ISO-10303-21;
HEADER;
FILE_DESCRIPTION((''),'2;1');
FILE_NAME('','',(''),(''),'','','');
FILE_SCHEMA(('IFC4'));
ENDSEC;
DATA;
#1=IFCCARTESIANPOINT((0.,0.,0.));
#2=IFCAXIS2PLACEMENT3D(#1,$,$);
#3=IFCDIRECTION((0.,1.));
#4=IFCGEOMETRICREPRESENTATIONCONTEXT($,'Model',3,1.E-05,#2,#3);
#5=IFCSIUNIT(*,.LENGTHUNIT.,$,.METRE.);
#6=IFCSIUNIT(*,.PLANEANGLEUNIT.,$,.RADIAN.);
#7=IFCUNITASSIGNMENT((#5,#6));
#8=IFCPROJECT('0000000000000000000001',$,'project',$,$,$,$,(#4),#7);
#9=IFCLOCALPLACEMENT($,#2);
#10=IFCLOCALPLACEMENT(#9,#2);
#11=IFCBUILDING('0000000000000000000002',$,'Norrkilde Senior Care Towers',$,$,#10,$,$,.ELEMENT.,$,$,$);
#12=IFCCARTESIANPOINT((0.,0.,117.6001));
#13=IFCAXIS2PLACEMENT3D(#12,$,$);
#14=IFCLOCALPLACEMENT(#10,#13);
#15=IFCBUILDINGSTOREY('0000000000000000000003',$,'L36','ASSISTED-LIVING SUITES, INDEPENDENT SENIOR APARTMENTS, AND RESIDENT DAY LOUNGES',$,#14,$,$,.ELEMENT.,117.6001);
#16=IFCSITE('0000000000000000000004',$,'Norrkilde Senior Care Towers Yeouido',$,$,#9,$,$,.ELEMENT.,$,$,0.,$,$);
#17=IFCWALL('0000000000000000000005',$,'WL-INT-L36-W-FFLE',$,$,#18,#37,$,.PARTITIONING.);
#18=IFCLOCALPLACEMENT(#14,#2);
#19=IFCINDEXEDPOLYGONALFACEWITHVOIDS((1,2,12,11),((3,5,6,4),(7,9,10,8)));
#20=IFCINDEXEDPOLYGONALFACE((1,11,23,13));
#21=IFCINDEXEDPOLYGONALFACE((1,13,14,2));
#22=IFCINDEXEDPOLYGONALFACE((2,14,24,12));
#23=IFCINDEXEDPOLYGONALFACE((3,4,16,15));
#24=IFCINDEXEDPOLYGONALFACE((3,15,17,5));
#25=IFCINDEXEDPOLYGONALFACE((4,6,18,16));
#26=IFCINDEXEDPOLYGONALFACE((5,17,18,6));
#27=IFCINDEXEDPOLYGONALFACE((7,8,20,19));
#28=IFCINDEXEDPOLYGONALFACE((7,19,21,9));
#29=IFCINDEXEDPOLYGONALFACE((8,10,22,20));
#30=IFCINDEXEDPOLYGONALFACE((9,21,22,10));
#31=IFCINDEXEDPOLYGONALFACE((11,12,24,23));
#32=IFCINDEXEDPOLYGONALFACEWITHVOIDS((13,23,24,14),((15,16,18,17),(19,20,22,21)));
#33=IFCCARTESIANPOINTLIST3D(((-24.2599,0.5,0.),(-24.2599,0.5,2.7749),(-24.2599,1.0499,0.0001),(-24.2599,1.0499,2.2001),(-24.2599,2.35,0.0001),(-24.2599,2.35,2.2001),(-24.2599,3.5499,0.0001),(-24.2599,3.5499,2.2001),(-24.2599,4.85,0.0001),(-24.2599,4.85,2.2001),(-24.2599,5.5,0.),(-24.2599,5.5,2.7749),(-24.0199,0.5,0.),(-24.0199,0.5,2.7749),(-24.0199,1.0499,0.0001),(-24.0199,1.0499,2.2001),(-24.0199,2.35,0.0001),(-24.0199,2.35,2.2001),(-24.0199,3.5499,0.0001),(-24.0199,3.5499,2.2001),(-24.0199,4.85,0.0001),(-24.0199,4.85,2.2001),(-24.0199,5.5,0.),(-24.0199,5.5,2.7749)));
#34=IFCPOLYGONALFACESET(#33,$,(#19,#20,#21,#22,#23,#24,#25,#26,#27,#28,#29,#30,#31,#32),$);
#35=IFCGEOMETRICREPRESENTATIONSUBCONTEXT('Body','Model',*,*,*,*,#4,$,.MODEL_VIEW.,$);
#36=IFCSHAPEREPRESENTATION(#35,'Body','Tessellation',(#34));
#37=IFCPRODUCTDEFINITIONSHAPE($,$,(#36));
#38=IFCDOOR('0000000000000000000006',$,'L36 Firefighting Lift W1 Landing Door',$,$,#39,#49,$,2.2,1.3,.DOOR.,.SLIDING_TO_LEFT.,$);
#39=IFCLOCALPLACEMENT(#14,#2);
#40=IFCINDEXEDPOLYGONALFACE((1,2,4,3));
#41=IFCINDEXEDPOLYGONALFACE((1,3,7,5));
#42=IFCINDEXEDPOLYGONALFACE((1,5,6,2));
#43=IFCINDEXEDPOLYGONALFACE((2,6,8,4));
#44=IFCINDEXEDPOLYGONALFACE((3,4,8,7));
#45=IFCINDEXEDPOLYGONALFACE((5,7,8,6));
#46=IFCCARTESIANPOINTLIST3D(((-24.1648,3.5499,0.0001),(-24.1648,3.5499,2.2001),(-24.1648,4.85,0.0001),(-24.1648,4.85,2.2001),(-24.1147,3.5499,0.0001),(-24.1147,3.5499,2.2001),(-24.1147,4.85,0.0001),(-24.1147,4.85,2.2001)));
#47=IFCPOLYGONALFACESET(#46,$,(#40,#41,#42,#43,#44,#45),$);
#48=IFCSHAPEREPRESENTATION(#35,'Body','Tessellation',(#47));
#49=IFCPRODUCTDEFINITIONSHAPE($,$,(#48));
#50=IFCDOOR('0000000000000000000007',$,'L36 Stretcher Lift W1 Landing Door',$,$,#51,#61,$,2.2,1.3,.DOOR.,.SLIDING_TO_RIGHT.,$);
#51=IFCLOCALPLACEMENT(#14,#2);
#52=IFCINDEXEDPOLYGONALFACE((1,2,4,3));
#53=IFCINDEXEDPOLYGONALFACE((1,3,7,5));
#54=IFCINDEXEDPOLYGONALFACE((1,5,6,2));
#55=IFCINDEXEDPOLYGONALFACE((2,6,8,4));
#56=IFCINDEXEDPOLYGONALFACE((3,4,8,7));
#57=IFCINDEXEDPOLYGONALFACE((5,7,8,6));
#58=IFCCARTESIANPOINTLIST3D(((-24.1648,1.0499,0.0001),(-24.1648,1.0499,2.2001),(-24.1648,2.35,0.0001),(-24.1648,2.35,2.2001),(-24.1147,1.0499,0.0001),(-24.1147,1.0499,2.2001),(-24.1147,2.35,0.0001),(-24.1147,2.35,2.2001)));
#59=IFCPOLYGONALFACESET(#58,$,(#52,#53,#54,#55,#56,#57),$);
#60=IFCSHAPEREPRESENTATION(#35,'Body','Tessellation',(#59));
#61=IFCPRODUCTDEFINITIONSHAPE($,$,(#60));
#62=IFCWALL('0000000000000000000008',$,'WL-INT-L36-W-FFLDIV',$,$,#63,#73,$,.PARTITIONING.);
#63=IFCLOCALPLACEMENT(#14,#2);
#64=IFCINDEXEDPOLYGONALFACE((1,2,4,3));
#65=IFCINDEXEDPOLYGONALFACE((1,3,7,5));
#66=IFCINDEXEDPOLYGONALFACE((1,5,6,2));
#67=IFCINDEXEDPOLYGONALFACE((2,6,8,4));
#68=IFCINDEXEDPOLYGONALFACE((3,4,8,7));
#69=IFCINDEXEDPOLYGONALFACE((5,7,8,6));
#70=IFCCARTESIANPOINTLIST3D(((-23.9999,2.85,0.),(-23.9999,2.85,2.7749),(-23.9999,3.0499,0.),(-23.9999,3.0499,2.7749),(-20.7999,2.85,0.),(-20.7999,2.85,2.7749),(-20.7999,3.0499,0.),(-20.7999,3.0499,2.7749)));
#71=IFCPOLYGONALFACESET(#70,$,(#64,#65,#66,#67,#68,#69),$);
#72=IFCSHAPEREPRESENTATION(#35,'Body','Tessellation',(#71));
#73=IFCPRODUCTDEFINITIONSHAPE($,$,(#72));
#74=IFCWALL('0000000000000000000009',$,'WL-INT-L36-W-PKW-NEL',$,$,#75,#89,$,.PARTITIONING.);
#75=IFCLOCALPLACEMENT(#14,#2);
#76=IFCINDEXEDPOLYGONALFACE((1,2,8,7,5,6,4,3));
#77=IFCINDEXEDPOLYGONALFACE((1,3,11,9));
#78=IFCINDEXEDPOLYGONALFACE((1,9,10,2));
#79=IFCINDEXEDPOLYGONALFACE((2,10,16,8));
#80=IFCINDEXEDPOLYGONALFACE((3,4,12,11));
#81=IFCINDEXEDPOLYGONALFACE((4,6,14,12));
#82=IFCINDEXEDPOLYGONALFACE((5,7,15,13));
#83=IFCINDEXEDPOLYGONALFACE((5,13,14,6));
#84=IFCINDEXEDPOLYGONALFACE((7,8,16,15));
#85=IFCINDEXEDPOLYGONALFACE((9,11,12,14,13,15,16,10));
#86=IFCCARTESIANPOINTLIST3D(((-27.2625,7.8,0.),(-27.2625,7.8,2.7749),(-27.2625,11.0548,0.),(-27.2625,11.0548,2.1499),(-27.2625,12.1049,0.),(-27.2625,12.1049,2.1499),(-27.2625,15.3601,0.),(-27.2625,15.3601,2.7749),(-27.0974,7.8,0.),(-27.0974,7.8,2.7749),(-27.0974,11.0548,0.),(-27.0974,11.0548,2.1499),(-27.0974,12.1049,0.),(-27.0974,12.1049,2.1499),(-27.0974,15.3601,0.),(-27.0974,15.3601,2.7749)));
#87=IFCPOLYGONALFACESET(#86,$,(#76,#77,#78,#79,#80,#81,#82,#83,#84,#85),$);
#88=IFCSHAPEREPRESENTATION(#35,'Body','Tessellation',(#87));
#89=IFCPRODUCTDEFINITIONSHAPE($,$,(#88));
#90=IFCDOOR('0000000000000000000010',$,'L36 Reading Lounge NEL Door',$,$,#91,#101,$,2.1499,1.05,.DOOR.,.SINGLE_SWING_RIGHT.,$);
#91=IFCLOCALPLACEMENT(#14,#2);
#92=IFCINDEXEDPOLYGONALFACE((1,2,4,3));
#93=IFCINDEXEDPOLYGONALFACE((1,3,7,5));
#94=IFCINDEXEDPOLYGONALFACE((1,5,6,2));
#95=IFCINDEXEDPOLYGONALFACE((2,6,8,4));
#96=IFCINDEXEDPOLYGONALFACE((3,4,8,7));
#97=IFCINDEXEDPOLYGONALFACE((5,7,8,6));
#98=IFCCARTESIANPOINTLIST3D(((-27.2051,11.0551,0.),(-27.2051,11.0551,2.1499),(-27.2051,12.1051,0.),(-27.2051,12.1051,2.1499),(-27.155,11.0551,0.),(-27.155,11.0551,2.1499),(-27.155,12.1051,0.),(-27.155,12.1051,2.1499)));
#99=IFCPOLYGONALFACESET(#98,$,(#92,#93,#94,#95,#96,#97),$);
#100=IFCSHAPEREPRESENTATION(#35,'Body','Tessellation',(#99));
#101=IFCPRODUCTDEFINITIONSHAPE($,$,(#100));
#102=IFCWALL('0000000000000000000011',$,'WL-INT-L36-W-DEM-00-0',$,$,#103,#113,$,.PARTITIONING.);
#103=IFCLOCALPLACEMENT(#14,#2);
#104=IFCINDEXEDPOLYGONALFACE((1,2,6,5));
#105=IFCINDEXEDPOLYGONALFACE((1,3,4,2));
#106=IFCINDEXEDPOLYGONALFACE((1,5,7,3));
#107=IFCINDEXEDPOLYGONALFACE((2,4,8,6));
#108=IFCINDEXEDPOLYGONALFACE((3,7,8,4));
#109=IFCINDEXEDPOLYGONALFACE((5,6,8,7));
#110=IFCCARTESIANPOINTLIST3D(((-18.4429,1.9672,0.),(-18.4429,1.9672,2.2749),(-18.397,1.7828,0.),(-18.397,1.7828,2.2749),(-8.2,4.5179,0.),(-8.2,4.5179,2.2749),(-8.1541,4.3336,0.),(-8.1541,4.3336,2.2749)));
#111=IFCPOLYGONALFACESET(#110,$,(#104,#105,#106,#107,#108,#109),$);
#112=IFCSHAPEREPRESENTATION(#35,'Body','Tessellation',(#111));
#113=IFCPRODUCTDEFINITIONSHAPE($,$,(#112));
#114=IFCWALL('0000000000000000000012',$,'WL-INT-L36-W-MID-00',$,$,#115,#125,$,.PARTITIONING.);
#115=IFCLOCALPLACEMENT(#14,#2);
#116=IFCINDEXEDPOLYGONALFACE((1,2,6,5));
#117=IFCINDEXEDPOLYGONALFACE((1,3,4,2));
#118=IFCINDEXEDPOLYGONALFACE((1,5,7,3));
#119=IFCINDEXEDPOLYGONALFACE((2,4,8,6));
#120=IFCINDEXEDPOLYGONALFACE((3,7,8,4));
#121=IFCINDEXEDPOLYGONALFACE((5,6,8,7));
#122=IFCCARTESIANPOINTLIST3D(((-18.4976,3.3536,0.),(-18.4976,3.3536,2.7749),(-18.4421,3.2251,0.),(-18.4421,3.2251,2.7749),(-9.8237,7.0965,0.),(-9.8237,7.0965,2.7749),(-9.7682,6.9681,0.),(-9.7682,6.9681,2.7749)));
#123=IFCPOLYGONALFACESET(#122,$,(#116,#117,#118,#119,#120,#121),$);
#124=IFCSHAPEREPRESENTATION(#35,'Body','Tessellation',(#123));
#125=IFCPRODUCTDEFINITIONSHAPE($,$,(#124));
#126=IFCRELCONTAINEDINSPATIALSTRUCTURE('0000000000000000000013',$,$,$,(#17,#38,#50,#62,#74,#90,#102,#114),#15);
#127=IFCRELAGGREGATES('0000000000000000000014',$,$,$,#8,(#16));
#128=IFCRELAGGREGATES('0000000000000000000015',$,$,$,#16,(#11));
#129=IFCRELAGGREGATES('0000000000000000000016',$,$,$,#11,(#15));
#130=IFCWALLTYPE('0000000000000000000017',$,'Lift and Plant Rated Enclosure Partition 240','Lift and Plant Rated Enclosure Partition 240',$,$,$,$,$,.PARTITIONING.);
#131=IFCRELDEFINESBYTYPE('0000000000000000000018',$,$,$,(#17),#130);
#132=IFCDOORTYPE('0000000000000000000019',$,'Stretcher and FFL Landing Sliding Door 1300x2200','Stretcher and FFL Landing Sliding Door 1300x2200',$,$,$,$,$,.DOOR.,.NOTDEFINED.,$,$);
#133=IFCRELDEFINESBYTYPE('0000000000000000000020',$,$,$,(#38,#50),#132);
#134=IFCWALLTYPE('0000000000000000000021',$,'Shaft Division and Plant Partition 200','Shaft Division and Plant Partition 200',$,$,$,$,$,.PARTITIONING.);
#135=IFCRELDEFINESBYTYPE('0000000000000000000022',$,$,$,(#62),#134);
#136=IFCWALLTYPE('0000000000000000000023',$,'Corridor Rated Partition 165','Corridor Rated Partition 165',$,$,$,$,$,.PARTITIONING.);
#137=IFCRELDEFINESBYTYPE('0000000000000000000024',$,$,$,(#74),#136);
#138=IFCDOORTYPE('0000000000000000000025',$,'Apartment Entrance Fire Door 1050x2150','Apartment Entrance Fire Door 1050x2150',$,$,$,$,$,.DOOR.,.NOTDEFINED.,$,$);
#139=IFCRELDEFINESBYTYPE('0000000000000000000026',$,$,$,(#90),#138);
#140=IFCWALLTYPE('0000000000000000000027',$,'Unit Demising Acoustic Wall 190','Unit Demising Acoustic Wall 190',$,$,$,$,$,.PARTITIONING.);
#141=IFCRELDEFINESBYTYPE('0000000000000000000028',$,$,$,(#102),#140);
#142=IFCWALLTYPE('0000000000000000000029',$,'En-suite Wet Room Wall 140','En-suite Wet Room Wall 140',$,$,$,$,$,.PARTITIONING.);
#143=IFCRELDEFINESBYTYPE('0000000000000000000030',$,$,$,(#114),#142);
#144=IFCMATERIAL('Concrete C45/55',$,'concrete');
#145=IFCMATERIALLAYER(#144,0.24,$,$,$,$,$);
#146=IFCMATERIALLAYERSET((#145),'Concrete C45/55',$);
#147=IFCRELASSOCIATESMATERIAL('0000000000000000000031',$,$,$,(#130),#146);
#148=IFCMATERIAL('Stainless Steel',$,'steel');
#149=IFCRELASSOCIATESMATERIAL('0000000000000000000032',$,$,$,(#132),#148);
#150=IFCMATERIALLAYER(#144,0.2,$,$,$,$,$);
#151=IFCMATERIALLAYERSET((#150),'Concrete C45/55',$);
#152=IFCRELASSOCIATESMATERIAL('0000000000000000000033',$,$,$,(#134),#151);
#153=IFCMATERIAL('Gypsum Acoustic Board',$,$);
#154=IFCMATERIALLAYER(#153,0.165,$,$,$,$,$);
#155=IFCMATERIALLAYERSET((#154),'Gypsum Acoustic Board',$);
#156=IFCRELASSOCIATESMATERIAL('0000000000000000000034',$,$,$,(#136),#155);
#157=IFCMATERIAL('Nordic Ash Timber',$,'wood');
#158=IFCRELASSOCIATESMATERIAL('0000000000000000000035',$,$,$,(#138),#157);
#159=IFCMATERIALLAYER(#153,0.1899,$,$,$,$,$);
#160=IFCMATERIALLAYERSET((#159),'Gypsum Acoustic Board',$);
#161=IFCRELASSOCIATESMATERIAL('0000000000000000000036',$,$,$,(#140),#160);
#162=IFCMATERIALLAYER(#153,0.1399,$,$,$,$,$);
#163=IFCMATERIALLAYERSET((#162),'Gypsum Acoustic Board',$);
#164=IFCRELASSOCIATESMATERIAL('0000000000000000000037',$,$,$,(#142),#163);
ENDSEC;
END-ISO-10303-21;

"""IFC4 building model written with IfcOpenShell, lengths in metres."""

from ifc_helpers import new_model, si_unit, direction, frame, frame_2d, origin, place, context, subcontext, project, spatial, rectangle, extrude, source, transform, mapped, material, layer, layer_set, type_object, type_shapes, element, fill, save


model = new_model("IFC4")

# Units and contexts
model_context = context("Model", 3, precision=1e-05, world=origin(), true_north=direction((0.0, 1.0)))
body_context = subcontext(model_context, "Body", "Model", "MODEL_VIEW")
ifc_project = project(units=[si_unit("LENGTHUNIT", "METRE"), si_unit("PLANEANGLEUNIT", "RADIAN")], contexts=[model_context])

# Site, building, storey
site_placement = place(None, origin())
site = spatial("IfcSite", under=ifc_project, at=site_placement, Name="Norrkilde Senior Care Towers Yeouido", CompositionType="ELEMENT", RefElevation=0.0)
building_placement = place(site_placement, origin())
building = spatial("IfcBuilding", under=site, at=building_placement, Name="Norrkilde Senior Care Towers", CompositionType="ELEMENT")
storey_placement = place(building_placement, frame((0.0, 0.0, 117.6001)))
storey = spatial("IfcBuildingStorey", under=building, at=storey_placement, Name="L36", Description="ASSISTED-LIVING SUITES, INDEPENDENT SENIOR APARTMENTS, AND RESIDENT DAY LOUNGES", CompositionType="ELEMENT", Elevation=117.6001)

# Wall, openings, doors
ifc_material_1 = material(Name="Concrete C45/55", Category="concrete")
ifc_layer_1 = layer(ifc_material_1, 0.24)
ifc_layer_set_1 = layer_set([ifc_layer_1], Name="Concrete C45/55")
wall_type_1 = type_object("IfcWallType", Name="Lift and Plant Rated Enclosure Partition 240", Description="Lift and Plant Rated Enclosure Partition 240", PredefinedType="PARTITIONING", material=ifc_layer_set_1)
shared_shape_1 = source(origin(), body_context, "Body", "SweptSolid", [
    extrude(rectangle(XDim=5.0, YDim=0.24, at=frame_2d((2.5, 0.0))), origin(), (0.0, 0.0, 1.0), 2.7749),
])
type_shapes(wall_type_1, [shared_shape_1])
wall_1_placement = place(storey_placement, frame((-24.1399, 0.5, 0.0), z_axis=(0.0, 0.0, 1.0), x_axis=(0.0, 1.0, 0.0)))
wall_1 = element("IfcWall", 1, at=wall_1_placement, inside=storey, type_object=wall_type_1, Name="WL-INT-L36-W-FFLE", PredefinedType="PARTITIONING", context=body_context, shape_type="MappedRepresentation", body=[
    mapped(shared_shape_1, transform((0.0, 0.0, 0.0), x_axis=(1.0, 0.0, 0.0), y_axis=(0.0, 1.0, 0.0), z_axis=(0.0, 0.0, 1.0), scale=1.0)),
])
opening_1_placement = place(wall_1_placement, frame((3.05, 0.0, 0.0)))
opening_1 = element("IfcOpeningElement", 2, at=opening_1_placement, cuts=wall_1, PredefinedType="OPENING", context=body_context, shape_type="SweptSolid", body=[
    extrude(rectangle(XDim=1.3, YDim=2.2, at=frame_2d((0.6499, 1.1001))), frame((0.0, 0.1299, 0.0), z_axis=(0.0, -1.0, 0.0), x_axis=(1.0, 0.0, 0.0)), (0.0, 0.0, 1.0), 0.26),
])
opening_2_placement = place(wall_1_placement, frame((0.55, 0.0, 0.0)))
opening_2 = element("IfcOpeningElement", 3, at=opening_2_placement, cuts=wall_1, PredefinedType="OPENING", context=body_context, shape_type="SweptSolid", body=[
    extrude(rectangle(XDim=1.3, YDim=2.2, at=frame_2d((0.6499, 1.1001))), frame((0.0, 0.1299, 0.0), z_axis=(0.0, -1.0, 0.0), x_axis=(1.0, 0.0, 0.0)), (0.0, 0.0, 1.0), 0.26),
])
ifc_material_2 = material(Name="Stainless Steel", Category="steel")
door_type_1 = type_object("IfcDoorType", Name="Stretcher and FFL Landing Sliding Door 1300x2200", Description="Stretcher and FFL Landing Sliding Door 1300x2200", OperationType="NOTDEFINED", PredefinedType="DOOR", material=ifc_material_2)
shared_shape_2 = source(origin(), body_context, "Body", "SweptSolid", [
    extrude(rectangle(XDim=1.3, YDim=2.2, at=frame_2d((0.6499, 1.1001))), frame((0.0, 0.0249, 0.0), z_axis=(0.0, -1.0, 0.0), x_axis=(1.0, 0.0, 0.0)), (0.0, 0.0, 1.0), 0.05),
])
type_shapes(door_type_1, [shared_shape_2])
door_1_placement = place(opening_1_placement, origin())
door_1 = element("IfcDoor", 4, at=door_1_placement, inside=storey, type_object=door_type_1, Name="L36 Firefighting Lift W1 Landing Door", OperationType="SLIDING_TO_LEFT", OverallHeight=2.2, OverallWidth=1.3, PredefinedType="DOOR", context=body_context, shape_type="MappedRepresentation", body=[
    mapped(shared_shape_2, transform((0.0, 0.0, 0.0), x_axis=(1.0, 0.0, 0.0), y_axis=(0.0, 1.0, 0.0), z_axis=(0.0, 0.0, 1.0), scale=1.0)),
])
fill(opening_1, door_1)
door_2_placement = place(opening_2_placement, origin())
door_2 = element("IfcDoor", 5, at=door_2_placement, inside=storey, type_object=door_type_1, Name="L36 Stretcher Lift W1 Landing Door", OperationType="SLIDING_TO_RIGHT", OverallHeight=2.2, OverallWidth=1.3, PredefinedType="DOOR", context=body_context, shape_type="MappedRepresentation", body=[
    mapped(shared_shape_2, transform((0.0, 0.0, 0.0), x_axis=(1.0, 0.0, 0.0), y_axis=(0.0, 1.0, 0.0), z_axis=(0.0, 0.0, 1.0), scale=1.0)),
])
fill(opening_2, door_2)

# Wall
ifc_layer_2 = layer(ifc_material_1, 0.2)
ifc_layer_set_2 = layer_set([ifc_layer_2], Name="Concrete C45/55")
wall_type_2 = type_object("IfcWallType", Name="Shaft Division and Plant Partition 200", Description="Shaft Division and Plant Partition 200", PredefinedType="PARTITIONING", material=ifc_layer_set_2)
shared_shape_3 = source(origin(), body_context, "Body", "SweptSolid", [
    extrude(rectangle(XDim=3.2, YDim=0.2, at=frame_2d((1.6001, 0.0))), origin(), (0.0, 0.0, 1.0), 2.7749),
])
type_shapes(wall_type_2, [shared_shape_3])
wall_2_placement = place(storey_placement, frame((-24.0, 2.95, 0.0), z_axis=(0.0, 0.0, 1.0), x_axis=(1.0, 0.0, 0.0)))
element("IfcWall", 6, at=wall_2_placement, inside=storey, type_object=wall_type_2, Name="WL-INT-L36-W-FFLDIV", PredefinedType="PARTITIONING", context=body_context, shape_type="MappedRepresentation", body=[
    mapped(shared_shape_3, transform((0.0, 0.0, 0.0), x_axis=(1.0, 0.0, 0.0), y_axis=(0.0, 1.0, 0.0), z_axis=(0.0, 0.0, 1.0), scale=1.0)),
])

# Wall, opening, door
ifc_material_3 = material(Name="Gypsum Acoustic Board")
ifc_layer_3 = layer(ifc_material_3, 0.165)
ifc_layer_set_3 = layer_set([ifc_layer_3], Name="Gypsum Acoustic Board")
wall_type_3 = type_object("IfcWallType", Name="Corridor Rated Partition 165", Description="Corridor Rated Partition 165", PredefinedType="PARTITIONING", material=ifc_layer_set_3)
shared_shape_4 = source(origin(), body_context, "Body", "SweptSolid", [
    extrude(rectangle(XDim=7.5601, YDim=0.165, at=frame_2d((3.78, 0.0))), origin(), (0.0, 0.0, 1.0), 2.7749),
])
type_shapes(wall_type_3, [shared_shape_4])
wall_3_placement = place(storey_placement, frame((-27.1799, 7.8, 0.0), z_axis=(0.0, 0.0, 1.0), x_axis=(0.0, 1.0, 0.0)))
wall_3 = element("IfcWall", 7, at=wall_3_placement, inside=storey, type_object=wall_type_3, Name="WL-INT-L36-W-PKW-NEL", PredefinedType="PARTITIONING", context=body_context, shape_type="MappedRepresentation", body=[
    mapped(shared_shape_4, transform((0.0, 0.0, 0.0), x_axis=(1.0, 0.0, 0.0), y_axis=(0.0, 1.0, 0.0), z_axis=(0.0, 0.0, 1.0), scale=1.0)),
])
opening_3_placement = place(wall_3_placement, frame((3.2549, 0.0, 0.0)))
opening_3 = element("IfcOpeningElement", 8, at=opening_3_placement, cuts=wall_3, PredefinedType="OPENING", context=body_context, shape_type="SweptSolid", body=[
    extrude(rectangle(XDim=1.05, YDim=2.1499, at=frame_2d((0.5249, 1.075))), frame((0.0, 0.0925, 0.0), z_axis=(0.0, -1.0, 0.0), x_axis=(1.0, 0.0, 0.0)), (0.0, 0.0, 1.0), 0.1851),
])
ifc_material_4 = material(Name="Nordic Ash Timber", Category="wood")
door_type_2 = type_object("IfcDoorType", Name="Apartment Entrance Fire Door 1050x2150", Description="Apartment Entrance Fire Door 1050x2150", OperationType="NOTDEFINED", PredefinedType="DOOR", material=ifc_material_4)
shared_shape_5 = source(origin(), body_context, "Body", "SweptSolid", [
    extrude(rectangle(XDim=1.05, YDim=2.1499, at=frame_2d((0.5249, 1.075))), frame((0.0, 0.0249, 0.0), z_axis=(0.0, -1.0, 0.0), x_axis=(1.0, 0.0, 0.0)), (0.0, 0.0, 1.0), 0.05),
])
type_shapes(door_type_2, [shared_shape_5])
door_3_placement = place(opening_3_placement, frame((1.05, 0.0, 0.0), z_axis=(0.0, 0.0, 1.0), x_axis=(-1.0, 0.0, 0.0)))
door_3 = element("IfcDoor", 9, at=door_3_placement, inside=storey, type_object=door_type_2, Name="L36 Reading Lounge NEL Door", OperationType="SINGLE_SWING_RIGHT", OverallHeight=2.1499, OverallWidth=1.05, PredefinedType="DOOR", context=body_context, shape_type="MappedRepresentation", body=[
    mapped(shared_shape_5, transform((0.0, 0.0, 0.0), x_axis=(1.0, 0.0, 0.0), y_axis=(0.0, 1.0, 0.0), z_axis=(0.0, 0.0, 1.0), scale=1.0)),
])
fill(opening_3, door_3)

# Walls
ifc_layer_4 = layer(ifc_material_3, 0.1899)
ifc_layer_set_4 = layer_set([ifc_layer_4], Name="Gypsum Acoustic Board")
wall_type_4 = type_object("IfcWallType", Name="Unit Demising Acoustic Wall 190", Description="Unit Demising Acoustic Wall 190", PredefinedType="PARTITIONING", material=ifc_layer_set_4)
shared_shape_6 = source(origin(), body_context, "Body", "SweptSolid", [
    extrude(rectangle(XDim=10.5557, YDim=0.1899, at=frame_2d((5.2778, 0.0))), origin(), (0.0, 0.0, 1.0), 2.2749),
])
type_shapes(wall_type_4, [shared_shape_6])
wall_4_placement = place(storey_placement, frame((-18.4199, 1.875, 0.0), z_axis=(0.0, 0.0, 1.0), x_axis=(0.970364, 0.241648, 0.0)))
element("IfcWall", 10, at=wall_4_placement, inside=storey, type_object=wall_type_4, Name="WL-INT-L36-W-DEM-00-0", PredefinedType="PARTITIONING", context=body_context, shape_type="MappedRepresentation", body=[
    mapped(shared_shape_6, transform((0.0, 0.0, 0.0), x_axis=(1.0, 0.0, 0.0), y_axis=(0.0, 1.0, 0.0), z_axis=(0.0, 0.0, 1.0), scale=1.0)),
])
ifc_layer_5 = layer(ifc_material_3, 0.1399)
ifc_layer_set_5 = layer_set([ifc_layer_5], Name="Gypsum Acoustic Board")
wall_type_5 = type_object("IfcWallType", Name="En-suite Wet Room Wall 140", Description="En-suite Wet Room Wall 140", PredefinedType="PARTITIONING", material=ifc_layer_set_5)
shared_shape_7 = source(origin(), body_context, "Body", "SweptSolid", [
    extrude(rectangle(XDim=9.447, YDim=0.1399, at=frame_2d((4.7236, 0.0))), origin(), (0.0, 0.0, 1.0), 2.7749),
])
type_shapes(wall_type_5, [shared_shape_7])
wall_5_placement = place(storey_placement, frame((-18.47, 3.2893, 0.0), z_axis=(0.0, 0.0, 1.0), x_axis=(0.918162, 0.396204, 0.0)))
element("IfcWall", 11, at=wall_5_placement, inside=storey, type_object=wall_type_5, Name="WL-INT-L36-W-MID-00", PredefinedType="PARTITIONING", context=body_context, shape_type="MappedRepresentation", body=[
    mapped(shared_shape_7, transform((0.0, 0.0, 0.0), x_axis=(1.0, 0.0, 0.0), y_axis=(0.0, 1.0, 0.0), z_axis=(0.0, 0.0, 1.0), scale=1.0)),
])

save(model, "model.ifc")
